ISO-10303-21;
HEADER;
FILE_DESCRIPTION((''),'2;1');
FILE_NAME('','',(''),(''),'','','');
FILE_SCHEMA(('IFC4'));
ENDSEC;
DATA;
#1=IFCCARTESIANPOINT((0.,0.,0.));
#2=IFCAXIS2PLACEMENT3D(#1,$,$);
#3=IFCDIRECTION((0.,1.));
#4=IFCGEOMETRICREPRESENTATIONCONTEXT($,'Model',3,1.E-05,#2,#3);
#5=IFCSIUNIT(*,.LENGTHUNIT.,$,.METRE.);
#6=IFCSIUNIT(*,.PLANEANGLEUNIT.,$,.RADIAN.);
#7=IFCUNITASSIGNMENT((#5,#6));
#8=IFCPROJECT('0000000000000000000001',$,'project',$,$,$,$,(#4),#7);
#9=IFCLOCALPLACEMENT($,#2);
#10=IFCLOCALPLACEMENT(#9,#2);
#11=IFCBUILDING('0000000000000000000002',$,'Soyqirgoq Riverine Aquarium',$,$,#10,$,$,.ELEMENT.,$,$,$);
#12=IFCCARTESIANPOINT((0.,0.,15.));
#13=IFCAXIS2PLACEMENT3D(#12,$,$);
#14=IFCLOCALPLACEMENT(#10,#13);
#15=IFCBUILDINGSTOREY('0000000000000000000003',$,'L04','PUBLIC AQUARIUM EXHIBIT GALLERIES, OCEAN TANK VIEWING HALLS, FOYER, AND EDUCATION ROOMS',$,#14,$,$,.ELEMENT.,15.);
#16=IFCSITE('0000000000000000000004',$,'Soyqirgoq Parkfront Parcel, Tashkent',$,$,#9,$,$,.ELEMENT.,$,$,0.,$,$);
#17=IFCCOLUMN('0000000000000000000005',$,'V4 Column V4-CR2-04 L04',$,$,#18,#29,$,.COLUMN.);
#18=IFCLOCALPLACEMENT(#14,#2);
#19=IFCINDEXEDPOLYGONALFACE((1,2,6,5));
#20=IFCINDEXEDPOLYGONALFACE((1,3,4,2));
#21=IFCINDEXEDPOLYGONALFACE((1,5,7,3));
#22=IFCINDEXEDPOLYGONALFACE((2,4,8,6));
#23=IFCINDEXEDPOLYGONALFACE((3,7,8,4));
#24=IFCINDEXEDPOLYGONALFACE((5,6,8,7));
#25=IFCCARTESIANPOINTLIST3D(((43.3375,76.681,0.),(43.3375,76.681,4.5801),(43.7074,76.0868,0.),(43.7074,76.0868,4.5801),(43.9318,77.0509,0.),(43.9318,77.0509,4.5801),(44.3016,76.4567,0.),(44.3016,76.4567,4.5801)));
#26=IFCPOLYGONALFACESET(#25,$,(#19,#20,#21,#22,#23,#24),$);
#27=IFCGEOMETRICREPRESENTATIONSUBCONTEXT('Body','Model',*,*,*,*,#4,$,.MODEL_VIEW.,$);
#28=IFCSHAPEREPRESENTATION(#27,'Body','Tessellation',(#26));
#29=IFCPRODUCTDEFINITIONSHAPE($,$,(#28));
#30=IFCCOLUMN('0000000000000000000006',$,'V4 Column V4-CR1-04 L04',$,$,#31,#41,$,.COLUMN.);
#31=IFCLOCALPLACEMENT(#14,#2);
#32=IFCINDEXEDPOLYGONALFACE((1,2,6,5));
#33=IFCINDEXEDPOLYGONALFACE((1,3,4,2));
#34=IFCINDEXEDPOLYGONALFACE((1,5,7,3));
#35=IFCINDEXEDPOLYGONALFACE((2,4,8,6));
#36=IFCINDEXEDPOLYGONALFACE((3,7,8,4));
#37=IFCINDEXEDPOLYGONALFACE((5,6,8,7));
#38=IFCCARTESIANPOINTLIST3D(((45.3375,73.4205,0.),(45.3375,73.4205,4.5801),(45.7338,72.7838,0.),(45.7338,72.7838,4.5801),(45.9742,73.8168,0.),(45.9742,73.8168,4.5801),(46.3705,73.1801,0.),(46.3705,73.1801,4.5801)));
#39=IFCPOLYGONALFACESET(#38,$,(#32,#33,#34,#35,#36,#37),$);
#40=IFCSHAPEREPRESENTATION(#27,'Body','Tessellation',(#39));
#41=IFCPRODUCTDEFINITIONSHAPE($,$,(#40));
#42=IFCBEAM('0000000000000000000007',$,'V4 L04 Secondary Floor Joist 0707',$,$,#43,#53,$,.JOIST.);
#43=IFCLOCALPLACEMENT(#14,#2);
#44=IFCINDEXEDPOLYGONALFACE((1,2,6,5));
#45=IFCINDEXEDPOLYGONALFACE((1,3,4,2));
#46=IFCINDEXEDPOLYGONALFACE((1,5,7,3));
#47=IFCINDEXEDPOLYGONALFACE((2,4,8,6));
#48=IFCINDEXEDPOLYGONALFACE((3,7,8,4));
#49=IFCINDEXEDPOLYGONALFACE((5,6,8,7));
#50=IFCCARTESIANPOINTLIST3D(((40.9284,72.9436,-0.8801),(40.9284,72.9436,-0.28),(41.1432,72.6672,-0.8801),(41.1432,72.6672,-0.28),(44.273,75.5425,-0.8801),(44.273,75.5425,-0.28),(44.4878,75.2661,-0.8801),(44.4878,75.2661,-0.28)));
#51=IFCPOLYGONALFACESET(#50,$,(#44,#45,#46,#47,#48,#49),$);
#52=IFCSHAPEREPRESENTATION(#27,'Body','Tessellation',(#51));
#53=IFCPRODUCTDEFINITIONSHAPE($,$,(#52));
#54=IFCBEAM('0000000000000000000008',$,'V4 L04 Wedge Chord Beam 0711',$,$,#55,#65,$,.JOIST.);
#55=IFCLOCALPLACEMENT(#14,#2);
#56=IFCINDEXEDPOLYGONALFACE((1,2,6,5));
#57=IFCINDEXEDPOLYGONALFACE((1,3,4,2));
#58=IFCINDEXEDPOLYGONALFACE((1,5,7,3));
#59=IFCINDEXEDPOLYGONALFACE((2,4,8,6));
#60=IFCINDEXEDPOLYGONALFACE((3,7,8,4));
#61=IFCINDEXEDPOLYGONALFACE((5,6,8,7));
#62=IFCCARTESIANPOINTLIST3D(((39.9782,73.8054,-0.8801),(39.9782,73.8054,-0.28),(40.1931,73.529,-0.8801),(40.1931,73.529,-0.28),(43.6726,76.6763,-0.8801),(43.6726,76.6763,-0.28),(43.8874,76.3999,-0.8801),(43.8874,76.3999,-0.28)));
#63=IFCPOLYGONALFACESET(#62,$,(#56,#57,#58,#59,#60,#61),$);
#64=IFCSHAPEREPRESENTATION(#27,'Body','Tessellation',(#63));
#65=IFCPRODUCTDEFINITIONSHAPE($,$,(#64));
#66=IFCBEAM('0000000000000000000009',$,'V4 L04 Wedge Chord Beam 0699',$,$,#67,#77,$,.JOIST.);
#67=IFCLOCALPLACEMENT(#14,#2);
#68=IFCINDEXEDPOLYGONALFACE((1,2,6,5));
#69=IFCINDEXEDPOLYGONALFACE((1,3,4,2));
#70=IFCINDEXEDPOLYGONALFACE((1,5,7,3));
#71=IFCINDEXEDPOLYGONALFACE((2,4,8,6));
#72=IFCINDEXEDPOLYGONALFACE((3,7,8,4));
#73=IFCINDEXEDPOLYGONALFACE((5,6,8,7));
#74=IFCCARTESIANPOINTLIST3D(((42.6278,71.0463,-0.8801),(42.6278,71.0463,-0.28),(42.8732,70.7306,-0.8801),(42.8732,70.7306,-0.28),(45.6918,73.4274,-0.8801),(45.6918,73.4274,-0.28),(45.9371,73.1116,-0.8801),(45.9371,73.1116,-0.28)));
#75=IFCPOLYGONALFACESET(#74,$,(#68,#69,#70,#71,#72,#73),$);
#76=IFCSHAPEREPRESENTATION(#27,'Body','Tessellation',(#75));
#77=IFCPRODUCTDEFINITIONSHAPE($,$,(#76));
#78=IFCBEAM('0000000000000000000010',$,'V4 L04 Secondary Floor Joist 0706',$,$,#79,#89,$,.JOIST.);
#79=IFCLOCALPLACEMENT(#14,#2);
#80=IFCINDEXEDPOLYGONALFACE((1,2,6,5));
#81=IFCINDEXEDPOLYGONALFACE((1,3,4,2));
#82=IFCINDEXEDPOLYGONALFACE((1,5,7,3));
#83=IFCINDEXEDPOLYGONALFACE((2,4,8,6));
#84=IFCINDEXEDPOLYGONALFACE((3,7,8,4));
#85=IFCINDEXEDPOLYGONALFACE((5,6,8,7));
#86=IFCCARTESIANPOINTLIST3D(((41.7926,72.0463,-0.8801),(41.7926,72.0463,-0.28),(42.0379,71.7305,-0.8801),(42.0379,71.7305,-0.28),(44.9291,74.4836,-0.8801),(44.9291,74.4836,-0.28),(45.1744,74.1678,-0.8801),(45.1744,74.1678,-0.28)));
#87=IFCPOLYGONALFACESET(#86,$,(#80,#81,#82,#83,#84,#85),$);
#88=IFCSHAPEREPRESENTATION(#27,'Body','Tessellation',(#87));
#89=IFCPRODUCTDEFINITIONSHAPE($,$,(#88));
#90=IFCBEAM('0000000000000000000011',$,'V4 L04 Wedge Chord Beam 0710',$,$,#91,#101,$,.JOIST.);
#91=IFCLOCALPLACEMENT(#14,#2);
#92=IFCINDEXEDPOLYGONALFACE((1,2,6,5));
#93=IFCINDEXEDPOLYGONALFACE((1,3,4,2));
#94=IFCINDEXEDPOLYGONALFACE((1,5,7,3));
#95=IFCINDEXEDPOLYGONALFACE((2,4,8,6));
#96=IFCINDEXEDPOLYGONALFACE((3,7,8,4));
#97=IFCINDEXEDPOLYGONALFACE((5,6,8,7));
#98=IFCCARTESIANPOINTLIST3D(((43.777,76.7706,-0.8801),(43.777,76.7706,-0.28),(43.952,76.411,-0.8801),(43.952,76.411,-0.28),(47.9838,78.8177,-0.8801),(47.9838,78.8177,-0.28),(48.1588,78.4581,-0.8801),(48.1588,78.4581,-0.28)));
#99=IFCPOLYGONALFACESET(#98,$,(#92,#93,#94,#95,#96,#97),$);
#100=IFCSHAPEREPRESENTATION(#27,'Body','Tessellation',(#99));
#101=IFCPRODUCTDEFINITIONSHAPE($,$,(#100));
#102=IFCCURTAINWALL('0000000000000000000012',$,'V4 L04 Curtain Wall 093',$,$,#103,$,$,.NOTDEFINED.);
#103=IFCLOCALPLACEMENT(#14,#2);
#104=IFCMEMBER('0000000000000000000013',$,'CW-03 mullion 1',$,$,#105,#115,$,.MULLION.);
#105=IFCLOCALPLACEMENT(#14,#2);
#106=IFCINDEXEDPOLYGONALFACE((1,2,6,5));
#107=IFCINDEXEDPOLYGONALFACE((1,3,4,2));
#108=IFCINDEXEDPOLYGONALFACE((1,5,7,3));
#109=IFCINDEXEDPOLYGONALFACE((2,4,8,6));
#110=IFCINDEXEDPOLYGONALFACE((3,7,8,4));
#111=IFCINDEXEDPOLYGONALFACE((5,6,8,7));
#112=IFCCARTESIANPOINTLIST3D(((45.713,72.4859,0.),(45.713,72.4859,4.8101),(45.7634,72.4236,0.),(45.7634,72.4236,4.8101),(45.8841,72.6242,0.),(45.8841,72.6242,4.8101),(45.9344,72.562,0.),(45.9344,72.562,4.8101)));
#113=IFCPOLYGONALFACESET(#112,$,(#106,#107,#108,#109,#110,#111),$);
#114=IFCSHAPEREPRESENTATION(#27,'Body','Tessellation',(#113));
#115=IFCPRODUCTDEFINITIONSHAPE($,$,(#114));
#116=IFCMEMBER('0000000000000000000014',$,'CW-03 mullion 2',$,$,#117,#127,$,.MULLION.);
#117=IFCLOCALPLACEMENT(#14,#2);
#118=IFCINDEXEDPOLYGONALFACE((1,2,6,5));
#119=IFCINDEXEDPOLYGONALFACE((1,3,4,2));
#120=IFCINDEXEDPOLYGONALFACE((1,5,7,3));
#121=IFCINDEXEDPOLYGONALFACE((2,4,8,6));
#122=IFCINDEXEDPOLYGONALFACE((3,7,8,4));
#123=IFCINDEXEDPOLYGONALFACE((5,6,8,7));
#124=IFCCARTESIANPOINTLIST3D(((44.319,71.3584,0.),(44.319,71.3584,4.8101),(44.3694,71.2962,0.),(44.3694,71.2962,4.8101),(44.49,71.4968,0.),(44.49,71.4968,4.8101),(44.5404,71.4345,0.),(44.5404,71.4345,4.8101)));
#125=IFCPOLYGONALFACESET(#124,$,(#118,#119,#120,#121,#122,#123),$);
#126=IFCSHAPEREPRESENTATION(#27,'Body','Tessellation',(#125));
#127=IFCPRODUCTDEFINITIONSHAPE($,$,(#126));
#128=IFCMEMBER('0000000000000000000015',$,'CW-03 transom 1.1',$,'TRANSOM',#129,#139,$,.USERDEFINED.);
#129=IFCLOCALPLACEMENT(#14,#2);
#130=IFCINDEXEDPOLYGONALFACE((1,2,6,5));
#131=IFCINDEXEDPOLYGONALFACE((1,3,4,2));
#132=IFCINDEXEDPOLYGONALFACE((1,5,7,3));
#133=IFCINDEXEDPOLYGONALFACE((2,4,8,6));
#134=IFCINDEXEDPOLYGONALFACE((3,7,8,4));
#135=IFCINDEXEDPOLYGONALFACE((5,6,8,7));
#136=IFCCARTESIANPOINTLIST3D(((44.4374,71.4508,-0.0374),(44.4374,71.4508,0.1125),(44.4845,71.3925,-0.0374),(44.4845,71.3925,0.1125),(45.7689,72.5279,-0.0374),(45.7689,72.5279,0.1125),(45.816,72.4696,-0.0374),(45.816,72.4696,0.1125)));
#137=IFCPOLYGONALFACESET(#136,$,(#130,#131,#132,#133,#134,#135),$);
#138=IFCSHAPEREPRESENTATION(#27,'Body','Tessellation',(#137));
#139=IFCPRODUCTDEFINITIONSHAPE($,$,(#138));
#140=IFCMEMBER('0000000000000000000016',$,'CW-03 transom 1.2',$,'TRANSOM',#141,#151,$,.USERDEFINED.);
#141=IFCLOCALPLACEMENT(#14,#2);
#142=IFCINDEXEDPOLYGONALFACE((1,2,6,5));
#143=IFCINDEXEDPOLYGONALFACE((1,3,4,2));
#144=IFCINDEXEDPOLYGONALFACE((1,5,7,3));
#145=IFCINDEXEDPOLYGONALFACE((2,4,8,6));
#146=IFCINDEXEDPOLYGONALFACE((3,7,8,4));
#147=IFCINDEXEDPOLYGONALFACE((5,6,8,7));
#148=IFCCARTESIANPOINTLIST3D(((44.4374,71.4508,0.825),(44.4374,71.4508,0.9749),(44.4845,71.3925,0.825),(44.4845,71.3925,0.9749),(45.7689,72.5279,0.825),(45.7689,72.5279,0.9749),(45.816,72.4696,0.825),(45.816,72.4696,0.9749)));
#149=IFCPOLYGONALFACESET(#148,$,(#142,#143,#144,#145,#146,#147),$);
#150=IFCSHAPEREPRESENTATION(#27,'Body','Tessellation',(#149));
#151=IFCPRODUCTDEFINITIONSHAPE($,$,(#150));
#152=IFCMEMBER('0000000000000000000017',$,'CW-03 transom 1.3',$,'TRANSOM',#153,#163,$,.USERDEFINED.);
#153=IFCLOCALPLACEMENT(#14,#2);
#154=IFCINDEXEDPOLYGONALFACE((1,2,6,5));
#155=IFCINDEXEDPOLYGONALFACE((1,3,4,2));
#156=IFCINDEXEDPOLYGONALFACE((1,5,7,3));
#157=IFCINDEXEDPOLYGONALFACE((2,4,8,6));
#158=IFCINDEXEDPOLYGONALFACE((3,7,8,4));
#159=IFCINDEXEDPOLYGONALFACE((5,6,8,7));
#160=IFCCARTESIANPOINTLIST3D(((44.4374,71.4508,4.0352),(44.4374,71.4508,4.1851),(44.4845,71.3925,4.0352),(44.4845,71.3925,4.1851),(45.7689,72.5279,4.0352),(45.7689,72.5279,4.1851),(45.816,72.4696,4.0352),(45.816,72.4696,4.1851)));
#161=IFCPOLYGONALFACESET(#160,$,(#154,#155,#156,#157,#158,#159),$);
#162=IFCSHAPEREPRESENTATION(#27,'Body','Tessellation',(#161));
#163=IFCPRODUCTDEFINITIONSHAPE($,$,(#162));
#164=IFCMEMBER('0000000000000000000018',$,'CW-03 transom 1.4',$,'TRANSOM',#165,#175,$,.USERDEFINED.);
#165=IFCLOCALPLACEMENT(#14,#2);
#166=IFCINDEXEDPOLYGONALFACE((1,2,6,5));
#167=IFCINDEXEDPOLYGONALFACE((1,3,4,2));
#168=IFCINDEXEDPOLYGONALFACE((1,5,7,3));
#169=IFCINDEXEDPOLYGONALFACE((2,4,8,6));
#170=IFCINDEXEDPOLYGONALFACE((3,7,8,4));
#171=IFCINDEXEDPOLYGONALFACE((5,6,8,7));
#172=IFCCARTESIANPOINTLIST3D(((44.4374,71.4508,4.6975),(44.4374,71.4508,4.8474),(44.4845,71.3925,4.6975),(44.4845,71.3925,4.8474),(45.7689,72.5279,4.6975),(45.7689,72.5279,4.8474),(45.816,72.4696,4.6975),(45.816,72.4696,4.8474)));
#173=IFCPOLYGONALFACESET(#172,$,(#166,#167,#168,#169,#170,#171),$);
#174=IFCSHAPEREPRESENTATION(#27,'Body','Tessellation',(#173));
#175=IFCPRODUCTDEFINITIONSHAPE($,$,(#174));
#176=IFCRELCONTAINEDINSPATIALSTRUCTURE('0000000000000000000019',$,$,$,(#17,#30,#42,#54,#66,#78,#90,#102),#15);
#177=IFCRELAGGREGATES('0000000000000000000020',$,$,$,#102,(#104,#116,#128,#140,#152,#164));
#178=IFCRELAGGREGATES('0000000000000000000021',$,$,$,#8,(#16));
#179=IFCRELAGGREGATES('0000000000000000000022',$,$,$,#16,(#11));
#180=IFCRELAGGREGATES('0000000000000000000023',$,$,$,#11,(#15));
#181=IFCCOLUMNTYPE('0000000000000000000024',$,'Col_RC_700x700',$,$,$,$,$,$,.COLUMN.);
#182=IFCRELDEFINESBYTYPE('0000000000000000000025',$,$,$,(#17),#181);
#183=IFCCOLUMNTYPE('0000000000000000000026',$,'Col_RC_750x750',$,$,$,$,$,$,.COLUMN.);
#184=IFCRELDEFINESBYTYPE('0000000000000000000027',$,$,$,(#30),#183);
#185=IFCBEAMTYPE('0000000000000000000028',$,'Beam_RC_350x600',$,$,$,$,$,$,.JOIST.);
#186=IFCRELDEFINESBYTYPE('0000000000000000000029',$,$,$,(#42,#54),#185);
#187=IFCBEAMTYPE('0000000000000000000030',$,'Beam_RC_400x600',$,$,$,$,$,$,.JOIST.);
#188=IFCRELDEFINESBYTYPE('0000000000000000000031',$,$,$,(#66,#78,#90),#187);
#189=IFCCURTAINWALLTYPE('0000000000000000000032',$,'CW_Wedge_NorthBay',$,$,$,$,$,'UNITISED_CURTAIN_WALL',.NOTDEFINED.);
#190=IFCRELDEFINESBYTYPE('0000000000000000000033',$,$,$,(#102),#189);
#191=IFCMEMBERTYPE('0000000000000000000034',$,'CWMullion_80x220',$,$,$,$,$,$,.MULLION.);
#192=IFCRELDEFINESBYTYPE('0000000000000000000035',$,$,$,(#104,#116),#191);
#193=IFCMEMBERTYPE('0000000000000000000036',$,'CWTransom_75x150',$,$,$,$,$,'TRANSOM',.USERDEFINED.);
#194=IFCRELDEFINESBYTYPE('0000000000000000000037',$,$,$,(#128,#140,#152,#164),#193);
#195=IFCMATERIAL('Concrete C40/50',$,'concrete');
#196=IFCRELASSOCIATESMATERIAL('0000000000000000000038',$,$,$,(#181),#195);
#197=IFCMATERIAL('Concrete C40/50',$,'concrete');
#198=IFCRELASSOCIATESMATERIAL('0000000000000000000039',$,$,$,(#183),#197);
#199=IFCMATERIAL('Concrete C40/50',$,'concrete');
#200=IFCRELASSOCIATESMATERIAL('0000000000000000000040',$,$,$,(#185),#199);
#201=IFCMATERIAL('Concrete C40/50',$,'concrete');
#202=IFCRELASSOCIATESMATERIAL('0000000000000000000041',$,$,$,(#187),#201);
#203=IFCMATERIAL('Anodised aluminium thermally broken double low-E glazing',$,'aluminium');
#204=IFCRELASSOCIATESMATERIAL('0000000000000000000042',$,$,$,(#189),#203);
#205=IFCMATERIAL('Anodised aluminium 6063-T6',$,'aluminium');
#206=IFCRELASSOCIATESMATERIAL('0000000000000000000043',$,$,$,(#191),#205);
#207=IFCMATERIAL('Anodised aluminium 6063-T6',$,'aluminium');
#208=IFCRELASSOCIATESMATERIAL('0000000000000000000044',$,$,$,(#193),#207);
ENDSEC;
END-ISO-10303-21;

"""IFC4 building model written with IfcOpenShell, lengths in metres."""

from ifc_helpers import new_model, si_unit, direction, frame, origin, origin_2d, place, context, subcontext, project, spatial, rectangle, extrude, material, material_profile, profile_set, type_object, element, aggregate, save


model = new_model("IFC4")

# Units and contexts
model_context = context("Model", 3, precision=1e-05, world=origin(), true_north=direction((0.0, 1.0)))
body_context = subcontext(model_context, "Body", "Model", "MODEL_VIEW")
ifc_project = project(units=[si_unit("LENGTHUNIT", "METRE"), si_unit("PLANEANGLEUNIT", "RADIAN")], contexts=[model_context])

# Site, building, storey
site_placement = place(None, origin())
site = spatial("IfcSite", under=ifc_project, at=site_placement, Name="Soyqirgoq Parkfront Parcel, Tashkent", CompositionType="ELEMENT", RefElevation=0.0)
building_placement = place(site_placement, origin())
building = spatial("IfcBuilding", under=site, at=building_placement, Name="Soyqirgoq Riverine Aquarium", CompositionType="ELEMENT")
storey_placement = place(building_placement, frame((0.0, 0.0, 15.0)))
storey = spatial("IfcBuildingStorey", under=building, at=storey_placement, Name="L04", Description="PUBLIC AQUARIUM EXHIBIT GALLERIES, OCEAN TANK VIEWING HALLS, FOYER, AND EDUCATION ROOMS", CompositionType="ELEMENT", Elevation=15.0)

# Columns
ifc_material_1 = material(Name="Concrete C40/50", Category="concrete")
ifc_material_profile_1 = material_profile(ifc_material_1, rectangle(XDim=0.7, YDim=0.7, at=origin_2d()), Name="RC 700x700")
ifc_profile_set_1 = profile_set([ifc_material_profile_1], Name="Concrete C40/50")
column_type_1 = type_object("IfcColumnType", Name="Col_RC_700x700", PredefinedType="COLUMN", material=ifc_profile_set_1)
column_1_placement = place(storey_placement, frame((43.8196, 76.5688, 0.0), z_axis=(0.0, 0.0, 1.0), x_axis=(-0.528438, 0.848972, 0.0)))
element("IfcColumn", 1, at=column_1_placement, inside=storey, type_object=column_type_1, Name="V4 Column V4-CR2-04 L04", PredefinedType="COLUMN", context=body_context, shape_type="SweptSolid", body=[
    extrude(rectangle(XDim=0.7, YDim=0.7, at=origin_2d()), origin(), (0.0, 0.0, 1.0), 4.5801),
])
ifc_material_2 = material(Name="Concrete C40/50", Category="concrete")
ifc_material_profile_2 = material_profile(ifc_material_2, rectangle(XDim=0.75, YDim=0.75, at=origin_2d()), Name="RC 750x750")
ifc_profile_set_2 = profile_set([ifc_material_profile_2], Name="Concrete C40/50")
column_type_2 = type_object("IfcColumnType", Name="Col_RC_750x750", PredefinedType="COLUMN", material=ifc_profile_set_2)
column_2_placement = place(storey_placement, frame((45.854, 73.3003, 0.0), z_axis=(0.0, 0.0, 1.0), x_axis=(-0.528438, 0.848972, 0.0)))
element("IfcColumn", 2, at=column_2_placement, inside=storey, type_object=column_type_2, Name="V4 Column V4-CR1-04 L04", PredefinedType="COLUMN", context=body_context, shape_type="SweptSolid", body=[
    extrude(rectangle(XDim=0.75, YDim=0.75, at=origin_2d()), origin(), (0.0, 0.0, 1.0), 4.5801),
])

# Beams
ifc_material_3 = material(Name="Concrete C40/50", Category="concrete")
ifc_material_profile_3 = material_profile(ifc_material_3, rectangle(XDim=0.3501, YDim=0.6001, at=origin_2d()), Name="RC 350x600")
ifc_profile_set_3 = profile_set([ifc_material_profile_3], Name="Concrete C40/50")
beam_type_1 = type_object("IfcBeamType", Name="Beam_RC_350x600", PredefinedType="JOIST", material=ifc_profile_set_3)
beam_1_placement = place(storey_placement, frame((44.3804, 75.4043, -0.5801), z_axis=(-0.789625, -0.613589, 0.0), x_axis=(0.613589, -0.789625, 0.0)))
element("IfcBeam", 3, at=beam_1_placement, inside=storey, type_object=beam_type_1, Name="V4 L04 Secondary Floor Joist 0707", PredefinedType="JOIST", context=body_context, shape_type="SweptSolid", body=[
    extrude(rectangle(XDim=0.3501, YDim=0.6001, at=origin_2d()), origin(), (0.0, 0.0, 1.0), 4.2356),
])
beam_2_placement = place(storey_placement, frame((43.78, 76.5381, -0.5801), z_axis=(-0.789613, -0.613605, 0.0), x_axis=(0.613605, -0.789613, 0.0)))
element("IfcBeam", 4, at=beam_2_placement, inside=storey, type_object=beam_type_1, Name="V4 L04 Wedge Chord Beam 0711", PredefinedType="JOIST", context=body_context, shape_type="SweptSolid", body=[
    extrude(rectangle(XDim=0.3501, YDim=0.6001, at=origin_2d()), origin(), (0.0, 0.0, 1.0), 4.6787),
])
ifc_material_4 = material(Name="Concrete C40/50", Category="concrete")
ifc_material_profile_4 = material_profile(ifc_material_4, rectangle(XDim=0.3999, YDim=0.6001, at=origin_2d()), Name="RC 400x600")
ifc_profile_set_4 = profile_set([ifc_material_profile_4], Name="Concrete C40/50")
beam_type_2 = type_object("IfcBeamType", Name="Beam_RC_400x600", PredefinedType="JOIST", material=ifc_profile_set_4)
beam_3_placement = place(storey_placement, frame((45.8145, 73.2695, -0.5801), z_axis=(-0.789599, -0.613623, 0.0), x_axis=(0.613623, -0.789599, 0.0)))
element("IfcBeam", 5, at=beam_3_placement, inside=storey, type_object=beam_type_2, Name="V4 L04 Wedge Chord Beam 0699", PredefinedType="JOIST", context=body_context, shape_type="SweptSolid", body=[
    extrude(rectangle(XDim=0.3999, YDim=0.6001, at=origin_2d()), origin(), (0.0, 0.0, 1.0), 3.8804),
])
beam_4_placement = place(storey_placement, frame((45.0518, 74.3257, -0.5801), z_axis=(-0.789624, -0.613592, 0.0), x_axis=(0.613592, -0.789624, 0.0)))
element("IfcBeam", 6, at=beam_4_placement, inside=storey, type_object=beam_type_2, Name="V4 L04 Secondary Floor Joist 0706", PredefinedType="JOIST", context=body_context, shape_type="SweptSolid", body=[
    extrude(rectangle(XDim=0.3999, YDim=0.6001, at=origin_2d()), origin(), (0.0, 0.0, 1.0), 3.9722),
])
beam_5_placement = place(storey_placement, frame((48.0713, 78.6379, -0.5801), z_axis=(-0.899187, -0.437565, 0.0), x_axis=(0.437565, -0.899187, 0.0)))
element("IfcBeam", 7, at=beam_5_placement, inside=storey, type_object=beam_type_2, Name="V4 L04 Wedge Chord Beam 0710", PredefinedType="JOIST", context=body_context, shape_type="SweptSolid", body=[
    extrude(rectangle(XDim=0.3999, YDim=0.6001, at=origin_2d()), origin(), (0.0, 0.0, 1.0), 4.6785),
])

# Curtain wall, members
ifc_material_5 = material(Name="Anodised aluminium thermally broken double low-E glazing", Category="aluminium")
curtain_wall_type = type_object("IfcCurtainWallType", Name="CW_Wedge_NorthBay", ElementType="UNITISED_CURTAIN_WALL", PredefinedType="NOTDEFINED", material=ifc_material_5)
curtain_wall_placement = place(storey_placement, origin())
curtain_wall = element("IfcCurtainWall", 8, at=curtain_wall_placement, inside=storey, type_object=curtain_wall_type, Name="V4 L04 Curtain Wall 093", PredefinedType="NOTDEFINED")
ifc_material_6 = material(Name="Anodised aluminium 6063-T6", Category="aluminium")
ifc_material_profile_5 = material_profile(ifc_material_6, rectangle(XDim=0.0801, YDim=0.22, at=origin_2d()), Name="ALU-M 80x220")
ifc_profile_set_5 = profile_set([ifc_material_profile_5], Name="Anodised aluminium 6063-T6")
member_type_1 = type_object("IfcMemberType", Name="CWMullion_80x220", PredefinedType="MULLION", material=ifc_profile_set_5)
member_1_placement = place(storey_placement, frame((45.8237, 72.5239, 0.0), z_axis=(0.0, 0.0, 1.0), x_axis=(0.628894, -0.777491, 0.0)))
member_1 = element("IfcMember", 9, at=member_1_placement, type_object=member_type_1, Name="CW-03 mullion 1", PredefinedType="MULLION", context=body_context, shape_type="SweptSolid", body=[
    extrude(rectangle(XDim=0.0801, YDim=0.22, at=origin_2d()), origin(), (0.0, 0.0, 1.0), 4.8101),
])
member_2_placement = place(storey_placement, frame((44.4297, 71.3965, 0.0), z_axis=(0.0, 0.0, 1.0), x_axis=(0.628894, -0.777491, 0.0)))
member_2 = element("IfcMember", 10, at=member_2_placement, type_object=member_type_1, Name="CW-03 mullion 2", PredefinedType="MULLION", context=body_context, shape_type="SweptSolid", body=[
    extrude(rectangle(XDim=0.0801, YDim=0.22, at=origin_2d()), origin(), (0.0, 0.0, 1.0), 4.8101),
])
ifc_material_7 = material(Name="Anodised aluminium 6063-T6", Category="aluminium")
ifc_material_profile_6 = material_profile(ifc_material_7, rectangle(XDim=0.075, YDim=0.1499, at=origin_2d()), Name="ALU-T 75x150")
ifc_profile_set_6 = profile_set([ifc_material_profile_6], Name="Anodised aluminium 6063-T6")
member_type_2 = type_object("IfcMemberType", Name="CWTransom_75x150", ElementType="TRANSOM", PredefinedType="USERDEFINED", material=ifc_profile_set_6)
member_3_placement = place(storey_placement, frame((45.7925, 72.4988, 0.0376), z_axis=(-0.777464, -0.628928, 0.0), x_axis=(0.628928, -0.777464, 0.0)))
member_3 = element("IfcMember", 11, at=member_3_placement, type_object=member_type_2, Name="CW-03 transom 1.1", ObjectType="TRANSOM", PredefinedType="USERDEFINED", context=body_context, shape_type="SweptSolid", body=[
    extrude(rectangle(XDim=0.075, YDim=0.1499, at=origin_2d()), origin(), (0.0, 0.0, 1.0), 1.7126),
])
member_4_placement = place(storey_placement, frame((45.7925, 72.4988, 0.8999), z_axis=(-0.777464, -0.628928, 0.0), x_axis=(0.628928, -0.777464, 0.0)))
member_4 = element("IfcMember", 12, at=member_4_placement, type_object=member_type_2, Name="CW-03 transom 1.2", ObjectType="TRANSOM", PredefinedType="USERDEFINED", context=body_context, shape_type="SweptSolid", body=[
    extrude(rectangle(XDim=0.075, YDim=0.1499, at=origin_2d()), origin(), (0.0, 0.0, 1.0), 1.7126),
])
member_5_placement = place(storey_placement, frame((45.7925, 72.4988, 4.1101), z_axis=(-0.777464, -0.628928, 0.0), x_axis=(0.628928, -0.777464, 0.0)))
member_5 = element("IfcMember", 13, at=member_5_placement, type_object=member_type_2, Name="CW-03 transom 1.3", ObjectType="TRANSOM", PredefinedType="USERDEFINED", context=body_context, shape_type="SweptSolid", body=[
    extrude(rectangle(XDim=0.075, YDim=0.1499, at=origin_2d()), origin(), (0.0, 0.0, 1.0), 1.7126),
])
member_6_placement = place(storey_placement, frame((45.7925, 72.4988, 4.7725), z_axis=(-0.777464, -0.628928, 0.0), x_axis=(0.628928, -0.777464, 0.0)))
member_6 = element("IfcMember", 14, at=member_6_placement, type_object=member_type_2, Name="CW-03 transom 1.4", ObjectType="TRANSOM", PredefinedType="USERDEFINED", context=body_context, shape_type="SweptSolid", body=[
    extrude(rectangle(XDim=0.075, YDim=0.1499, at=origin_2d()), origin(), (0.0, 0.0, 1.0), 1.7126),
])

aggregate(curtain_wall, [member_1, member_2, member_3, member_4, member_5, member_6])

save(model, "model.ifc")
